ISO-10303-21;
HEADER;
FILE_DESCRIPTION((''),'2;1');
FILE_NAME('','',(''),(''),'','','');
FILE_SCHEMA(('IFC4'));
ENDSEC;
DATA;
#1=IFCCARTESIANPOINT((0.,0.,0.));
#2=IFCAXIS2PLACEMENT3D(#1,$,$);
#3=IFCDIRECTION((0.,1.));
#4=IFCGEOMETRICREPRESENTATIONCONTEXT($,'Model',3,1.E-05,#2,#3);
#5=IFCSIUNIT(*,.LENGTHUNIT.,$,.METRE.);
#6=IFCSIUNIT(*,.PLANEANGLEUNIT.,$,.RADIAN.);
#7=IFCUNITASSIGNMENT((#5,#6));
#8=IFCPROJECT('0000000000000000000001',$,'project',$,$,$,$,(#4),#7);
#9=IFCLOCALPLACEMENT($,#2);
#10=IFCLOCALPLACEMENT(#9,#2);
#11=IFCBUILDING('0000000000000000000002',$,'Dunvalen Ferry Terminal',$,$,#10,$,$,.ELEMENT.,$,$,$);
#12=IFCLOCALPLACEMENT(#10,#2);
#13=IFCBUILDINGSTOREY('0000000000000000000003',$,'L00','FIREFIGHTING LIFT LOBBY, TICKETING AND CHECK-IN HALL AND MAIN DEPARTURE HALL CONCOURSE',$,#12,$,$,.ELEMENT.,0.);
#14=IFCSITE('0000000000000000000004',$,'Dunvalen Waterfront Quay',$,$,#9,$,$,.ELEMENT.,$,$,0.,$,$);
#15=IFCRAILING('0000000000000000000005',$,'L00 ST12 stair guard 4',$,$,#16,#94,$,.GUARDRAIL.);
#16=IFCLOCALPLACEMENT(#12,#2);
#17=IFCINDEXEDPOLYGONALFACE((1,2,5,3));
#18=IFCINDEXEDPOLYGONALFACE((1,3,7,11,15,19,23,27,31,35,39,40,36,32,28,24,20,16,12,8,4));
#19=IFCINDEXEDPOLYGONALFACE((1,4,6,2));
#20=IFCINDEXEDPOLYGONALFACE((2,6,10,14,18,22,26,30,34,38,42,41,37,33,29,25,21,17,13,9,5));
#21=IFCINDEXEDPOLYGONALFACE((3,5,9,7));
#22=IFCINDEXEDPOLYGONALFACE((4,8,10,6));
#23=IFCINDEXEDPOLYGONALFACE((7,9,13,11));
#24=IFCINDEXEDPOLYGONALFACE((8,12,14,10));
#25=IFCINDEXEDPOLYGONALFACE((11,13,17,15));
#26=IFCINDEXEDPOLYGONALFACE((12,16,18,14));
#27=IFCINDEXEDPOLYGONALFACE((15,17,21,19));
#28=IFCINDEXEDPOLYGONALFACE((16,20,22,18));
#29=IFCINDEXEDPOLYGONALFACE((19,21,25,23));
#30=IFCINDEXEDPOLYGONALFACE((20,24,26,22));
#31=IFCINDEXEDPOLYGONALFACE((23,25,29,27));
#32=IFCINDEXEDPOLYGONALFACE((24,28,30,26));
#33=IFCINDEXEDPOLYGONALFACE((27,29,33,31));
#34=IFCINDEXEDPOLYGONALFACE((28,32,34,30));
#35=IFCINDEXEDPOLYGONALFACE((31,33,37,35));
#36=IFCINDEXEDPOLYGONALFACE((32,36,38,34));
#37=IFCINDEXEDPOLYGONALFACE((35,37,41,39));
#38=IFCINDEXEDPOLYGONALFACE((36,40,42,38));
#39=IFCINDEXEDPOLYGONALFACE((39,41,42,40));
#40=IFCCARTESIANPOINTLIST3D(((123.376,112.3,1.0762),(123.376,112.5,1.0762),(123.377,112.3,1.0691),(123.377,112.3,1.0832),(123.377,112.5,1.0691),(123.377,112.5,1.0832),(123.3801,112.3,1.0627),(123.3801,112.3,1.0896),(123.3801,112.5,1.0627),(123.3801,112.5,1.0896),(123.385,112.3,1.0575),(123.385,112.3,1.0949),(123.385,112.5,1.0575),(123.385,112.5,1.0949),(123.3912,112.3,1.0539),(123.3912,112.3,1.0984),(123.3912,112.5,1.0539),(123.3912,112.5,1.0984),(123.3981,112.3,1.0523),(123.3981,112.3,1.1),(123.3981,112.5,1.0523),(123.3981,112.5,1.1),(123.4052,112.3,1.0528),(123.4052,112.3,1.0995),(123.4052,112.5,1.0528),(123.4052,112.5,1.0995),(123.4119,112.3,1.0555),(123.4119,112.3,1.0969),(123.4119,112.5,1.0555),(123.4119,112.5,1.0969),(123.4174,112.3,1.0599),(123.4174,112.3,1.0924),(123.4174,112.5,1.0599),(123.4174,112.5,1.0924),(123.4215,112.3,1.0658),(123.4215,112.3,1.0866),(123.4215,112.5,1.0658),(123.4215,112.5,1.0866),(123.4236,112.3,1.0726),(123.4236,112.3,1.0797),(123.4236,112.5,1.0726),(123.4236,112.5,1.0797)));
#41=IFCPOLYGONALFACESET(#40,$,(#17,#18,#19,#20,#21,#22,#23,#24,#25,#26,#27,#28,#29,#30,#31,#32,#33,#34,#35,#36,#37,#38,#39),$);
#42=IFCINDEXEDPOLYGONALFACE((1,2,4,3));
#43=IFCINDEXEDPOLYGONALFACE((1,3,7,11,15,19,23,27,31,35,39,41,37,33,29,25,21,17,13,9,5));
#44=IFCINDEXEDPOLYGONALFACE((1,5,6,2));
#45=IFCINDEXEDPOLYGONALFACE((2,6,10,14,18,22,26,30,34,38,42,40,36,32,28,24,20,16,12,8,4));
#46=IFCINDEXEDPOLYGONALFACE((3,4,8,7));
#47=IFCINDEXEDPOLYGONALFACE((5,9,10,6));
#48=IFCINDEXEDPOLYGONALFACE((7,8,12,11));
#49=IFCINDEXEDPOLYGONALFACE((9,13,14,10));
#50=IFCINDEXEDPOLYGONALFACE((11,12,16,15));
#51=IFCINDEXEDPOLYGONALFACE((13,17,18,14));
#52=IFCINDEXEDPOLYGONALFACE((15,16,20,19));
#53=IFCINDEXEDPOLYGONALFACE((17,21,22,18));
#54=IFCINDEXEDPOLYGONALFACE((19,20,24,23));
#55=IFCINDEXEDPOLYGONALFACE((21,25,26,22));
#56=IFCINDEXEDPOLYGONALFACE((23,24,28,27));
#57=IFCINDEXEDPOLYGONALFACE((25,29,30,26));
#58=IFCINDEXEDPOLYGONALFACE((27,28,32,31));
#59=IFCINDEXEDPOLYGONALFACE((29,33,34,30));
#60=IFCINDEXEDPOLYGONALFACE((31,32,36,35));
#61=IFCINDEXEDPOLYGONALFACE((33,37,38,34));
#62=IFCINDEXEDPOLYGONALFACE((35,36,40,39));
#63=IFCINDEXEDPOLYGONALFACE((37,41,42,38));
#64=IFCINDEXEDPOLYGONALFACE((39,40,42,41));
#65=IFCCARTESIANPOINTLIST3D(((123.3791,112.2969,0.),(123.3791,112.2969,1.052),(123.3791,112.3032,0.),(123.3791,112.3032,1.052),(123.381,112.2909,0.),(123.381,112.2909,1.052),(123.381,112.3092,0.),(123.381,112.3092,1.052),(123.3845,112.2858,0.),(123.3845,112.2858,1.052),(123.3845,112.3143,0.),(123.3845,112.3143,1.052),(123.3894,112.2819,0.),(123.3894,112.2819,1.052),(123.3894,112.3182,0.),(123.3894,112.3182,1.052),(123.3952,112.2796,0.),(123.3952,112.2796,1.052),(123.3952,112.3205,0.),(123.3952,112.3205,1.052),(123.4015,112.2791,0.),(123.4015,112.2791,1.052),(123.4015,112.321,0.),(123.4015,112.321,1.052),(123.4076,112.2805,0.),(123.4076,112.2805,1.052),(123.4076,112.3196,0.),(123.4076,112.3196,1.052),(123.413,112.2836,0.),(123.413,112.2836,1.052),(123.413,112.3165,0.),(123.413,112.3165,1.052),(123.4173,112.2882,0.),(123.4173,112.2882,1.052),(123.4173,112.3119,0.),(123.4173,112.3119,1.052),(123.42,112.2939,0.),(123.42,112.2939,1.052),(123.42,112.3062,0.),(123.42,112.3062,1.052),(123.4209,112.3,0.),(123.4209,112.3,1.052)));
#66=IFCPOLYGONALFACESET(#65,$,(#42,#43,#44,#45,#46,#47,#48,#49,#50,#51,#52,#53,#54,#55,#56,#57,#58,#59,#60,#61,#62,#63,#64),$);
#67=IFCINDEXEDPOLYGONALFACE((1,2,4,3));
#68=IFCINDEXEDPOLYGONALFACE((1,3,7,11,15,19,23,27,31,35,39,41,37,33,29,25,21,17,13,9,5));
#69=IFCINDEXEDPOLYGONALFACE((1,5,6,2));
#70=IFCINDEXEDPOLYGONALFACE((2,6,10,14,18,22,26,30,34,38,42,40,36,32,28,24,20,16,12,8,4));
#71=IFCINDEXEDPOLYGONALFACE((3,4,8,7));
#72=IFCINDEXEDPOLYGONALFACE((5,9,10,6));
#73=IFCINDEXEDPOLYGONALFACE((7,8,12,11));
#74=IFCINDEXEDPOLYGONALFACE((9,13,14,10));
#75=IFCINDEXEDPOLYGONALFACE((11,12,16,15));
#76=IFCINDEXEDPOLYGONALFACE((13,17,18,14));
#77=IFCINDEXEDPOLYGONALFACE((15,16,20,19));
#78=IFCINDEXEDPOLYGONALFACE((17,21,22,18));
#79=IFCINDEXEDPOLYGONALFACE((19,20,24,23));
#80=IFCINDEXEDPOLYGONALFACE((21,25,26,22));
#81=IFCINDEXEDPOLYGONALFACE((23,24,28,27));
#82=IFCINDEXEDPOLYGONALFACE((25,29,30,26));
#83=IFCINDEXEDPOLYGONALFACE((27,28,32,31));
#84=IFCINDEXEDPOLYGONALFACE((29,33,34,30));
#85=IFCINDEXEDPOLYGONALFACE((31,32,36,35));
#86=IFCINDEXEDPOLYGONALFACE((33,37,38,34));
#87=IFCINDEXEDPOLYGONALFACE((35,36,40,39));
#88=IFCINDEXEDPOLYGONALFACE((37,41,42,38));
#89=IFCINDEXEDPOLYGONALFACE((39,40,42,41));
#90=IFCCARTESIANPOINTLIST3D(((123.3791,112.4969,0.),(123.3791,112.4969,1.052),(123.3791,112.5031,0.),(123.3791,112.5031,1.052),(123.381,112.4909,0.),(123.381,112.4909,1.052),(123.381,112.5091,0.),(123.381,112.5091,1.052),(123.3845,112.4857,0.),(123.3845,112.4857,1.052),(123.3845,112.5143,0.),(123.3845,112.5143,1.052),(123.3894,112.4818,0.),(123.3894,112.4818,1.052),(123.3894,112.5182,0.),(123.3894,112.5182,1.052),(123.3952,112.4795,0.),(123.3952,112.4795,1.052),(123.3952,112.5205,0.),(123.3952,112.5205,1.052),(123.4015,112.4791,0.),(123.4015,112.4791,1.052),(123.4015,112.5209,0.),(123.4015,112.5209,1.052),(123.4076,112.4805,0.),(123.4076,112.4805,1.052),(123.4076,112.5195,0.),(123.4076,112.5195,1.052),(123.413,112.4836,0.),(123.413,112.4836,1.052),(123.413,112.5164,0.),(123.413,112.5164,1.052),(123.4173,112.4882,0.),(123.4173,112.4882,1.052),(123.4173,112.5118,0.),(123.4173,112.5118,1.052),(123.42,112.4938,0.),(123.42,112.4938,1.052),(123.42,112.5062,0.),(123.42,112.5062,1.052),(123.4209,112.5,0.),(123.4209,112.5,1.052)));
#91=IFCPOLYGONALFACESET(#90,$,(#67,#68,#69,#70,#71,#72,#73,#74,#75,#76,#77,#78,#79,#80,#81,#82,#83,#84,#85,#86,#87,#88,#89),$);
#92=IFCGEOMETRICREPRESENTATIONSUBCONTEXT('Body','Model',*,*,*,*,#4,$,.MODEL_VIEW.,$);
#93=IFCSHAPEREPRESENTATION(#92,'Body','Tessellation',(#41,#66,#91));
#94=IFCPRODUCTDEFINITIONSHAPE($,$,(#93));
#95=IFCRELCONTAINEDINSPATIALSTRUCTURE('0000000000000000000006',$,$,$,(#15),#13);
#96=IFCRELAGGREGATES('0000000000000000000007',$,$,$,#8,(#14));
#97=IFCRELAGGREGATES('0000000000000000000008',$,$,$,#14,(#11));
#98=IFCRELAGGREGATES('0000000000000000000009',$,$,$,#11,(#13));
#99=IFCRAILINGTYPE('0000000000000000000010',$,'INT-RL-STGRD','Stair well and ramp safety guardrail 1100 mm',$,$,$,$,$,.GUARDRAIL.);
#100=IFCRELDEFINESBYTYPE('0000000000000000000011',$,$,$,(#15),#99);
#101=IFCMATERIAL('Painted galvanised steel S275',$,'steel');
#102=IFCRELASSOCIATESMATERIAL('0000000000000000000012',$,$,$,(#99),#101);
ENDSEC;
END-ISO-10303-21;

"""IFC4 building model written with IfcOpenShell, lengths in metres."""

from ifc_helpers import new_model, si_unit, direction, frame, origin, origin_2d, place, context, subcontext, project, spatial, circle, extrude, material, type_object, element, save


model = new_model("IFC4")

# Units and contexts
model_context = context("Model", 3, precision=1e-05, world=origin(), true_north=direction((0.0, 1.0)))
body_context = subcontext(model_context, "Body", "Model", "MODEL_VIEW")
ifc_project = project(units=[si_unit("LENGTHUNIT", "METRE"), si_unit("PLANEANGLEUNIT", "RADIAN")], contexts=[model_context])

# Site, building, storey
site_placement = place(None, origin())
site = spatial("IfcSite", under=ifc_project, at=site_placement, Name="Dunvalen Waterfront Quay", CompositionType="ELEMENT", RefElevation=0.0)
building_placement = place(site_placement, origin())
building = spatial("IfcBuilding", under=site, at=building_placement, Name="Dunvalen Ferry Terminal", CompositionType="ELEMENT")
storey_placement = place(building_placement, origin())
storey = spatial("IfcBuildingStorey", under=building, at=storey_placement, Name="L00", Description="FIREFIGHTING LIFT LOBBY, TICKETING AND CHECK-IN HALL AND MAIN DEPARTURE HALL CONCOURSE", CompositionType="ELEMENT", Elevation=0.0)

# Railing
ifc_material_1 = material(Name="Painted galvanised steel S275", Category="steel")
railing_type_1 = type_object("IfcRailingType", Name="INT-RL-STGRD", Description="Stair well and ramp safety guardrail 1100 mm", PredefinedType="GUARDRAIL", material=ifc_material_1)
railing_1_placement = place(storey_placement, frame((123.3999, 112.3, 0.0)))
element("IfcRailing", 1, at=railing_1_placement, inside=storey, type_object=railing_type_1, Name="L00 ST12 stair guard 4", PredefinedType="GUARDRAIL", context=body_context, shape_type="SweptSolid", body=[
    extrude(circle(Radius=0.0239, at=origin_2d()), frame((0.0, 0.0, 1.0762), z_axis=(0.0, 1.0, 0.0), x_axis=(-1.0, 0.0, 0.0)), (0.0, 0.0, 1.0), 0.2),
    extrude(circle(Radius=0.021, at=origin_2d()), origin(), (0.0, 0.0, 1.0), 1.052),
    extrude(circle(Radius=0.021, at=origin_2d()), frame((0.0, 0.2, 0.0)), (0.0, 0.0, 1.0), 1.052),
])

save(model, "model.ifc")
